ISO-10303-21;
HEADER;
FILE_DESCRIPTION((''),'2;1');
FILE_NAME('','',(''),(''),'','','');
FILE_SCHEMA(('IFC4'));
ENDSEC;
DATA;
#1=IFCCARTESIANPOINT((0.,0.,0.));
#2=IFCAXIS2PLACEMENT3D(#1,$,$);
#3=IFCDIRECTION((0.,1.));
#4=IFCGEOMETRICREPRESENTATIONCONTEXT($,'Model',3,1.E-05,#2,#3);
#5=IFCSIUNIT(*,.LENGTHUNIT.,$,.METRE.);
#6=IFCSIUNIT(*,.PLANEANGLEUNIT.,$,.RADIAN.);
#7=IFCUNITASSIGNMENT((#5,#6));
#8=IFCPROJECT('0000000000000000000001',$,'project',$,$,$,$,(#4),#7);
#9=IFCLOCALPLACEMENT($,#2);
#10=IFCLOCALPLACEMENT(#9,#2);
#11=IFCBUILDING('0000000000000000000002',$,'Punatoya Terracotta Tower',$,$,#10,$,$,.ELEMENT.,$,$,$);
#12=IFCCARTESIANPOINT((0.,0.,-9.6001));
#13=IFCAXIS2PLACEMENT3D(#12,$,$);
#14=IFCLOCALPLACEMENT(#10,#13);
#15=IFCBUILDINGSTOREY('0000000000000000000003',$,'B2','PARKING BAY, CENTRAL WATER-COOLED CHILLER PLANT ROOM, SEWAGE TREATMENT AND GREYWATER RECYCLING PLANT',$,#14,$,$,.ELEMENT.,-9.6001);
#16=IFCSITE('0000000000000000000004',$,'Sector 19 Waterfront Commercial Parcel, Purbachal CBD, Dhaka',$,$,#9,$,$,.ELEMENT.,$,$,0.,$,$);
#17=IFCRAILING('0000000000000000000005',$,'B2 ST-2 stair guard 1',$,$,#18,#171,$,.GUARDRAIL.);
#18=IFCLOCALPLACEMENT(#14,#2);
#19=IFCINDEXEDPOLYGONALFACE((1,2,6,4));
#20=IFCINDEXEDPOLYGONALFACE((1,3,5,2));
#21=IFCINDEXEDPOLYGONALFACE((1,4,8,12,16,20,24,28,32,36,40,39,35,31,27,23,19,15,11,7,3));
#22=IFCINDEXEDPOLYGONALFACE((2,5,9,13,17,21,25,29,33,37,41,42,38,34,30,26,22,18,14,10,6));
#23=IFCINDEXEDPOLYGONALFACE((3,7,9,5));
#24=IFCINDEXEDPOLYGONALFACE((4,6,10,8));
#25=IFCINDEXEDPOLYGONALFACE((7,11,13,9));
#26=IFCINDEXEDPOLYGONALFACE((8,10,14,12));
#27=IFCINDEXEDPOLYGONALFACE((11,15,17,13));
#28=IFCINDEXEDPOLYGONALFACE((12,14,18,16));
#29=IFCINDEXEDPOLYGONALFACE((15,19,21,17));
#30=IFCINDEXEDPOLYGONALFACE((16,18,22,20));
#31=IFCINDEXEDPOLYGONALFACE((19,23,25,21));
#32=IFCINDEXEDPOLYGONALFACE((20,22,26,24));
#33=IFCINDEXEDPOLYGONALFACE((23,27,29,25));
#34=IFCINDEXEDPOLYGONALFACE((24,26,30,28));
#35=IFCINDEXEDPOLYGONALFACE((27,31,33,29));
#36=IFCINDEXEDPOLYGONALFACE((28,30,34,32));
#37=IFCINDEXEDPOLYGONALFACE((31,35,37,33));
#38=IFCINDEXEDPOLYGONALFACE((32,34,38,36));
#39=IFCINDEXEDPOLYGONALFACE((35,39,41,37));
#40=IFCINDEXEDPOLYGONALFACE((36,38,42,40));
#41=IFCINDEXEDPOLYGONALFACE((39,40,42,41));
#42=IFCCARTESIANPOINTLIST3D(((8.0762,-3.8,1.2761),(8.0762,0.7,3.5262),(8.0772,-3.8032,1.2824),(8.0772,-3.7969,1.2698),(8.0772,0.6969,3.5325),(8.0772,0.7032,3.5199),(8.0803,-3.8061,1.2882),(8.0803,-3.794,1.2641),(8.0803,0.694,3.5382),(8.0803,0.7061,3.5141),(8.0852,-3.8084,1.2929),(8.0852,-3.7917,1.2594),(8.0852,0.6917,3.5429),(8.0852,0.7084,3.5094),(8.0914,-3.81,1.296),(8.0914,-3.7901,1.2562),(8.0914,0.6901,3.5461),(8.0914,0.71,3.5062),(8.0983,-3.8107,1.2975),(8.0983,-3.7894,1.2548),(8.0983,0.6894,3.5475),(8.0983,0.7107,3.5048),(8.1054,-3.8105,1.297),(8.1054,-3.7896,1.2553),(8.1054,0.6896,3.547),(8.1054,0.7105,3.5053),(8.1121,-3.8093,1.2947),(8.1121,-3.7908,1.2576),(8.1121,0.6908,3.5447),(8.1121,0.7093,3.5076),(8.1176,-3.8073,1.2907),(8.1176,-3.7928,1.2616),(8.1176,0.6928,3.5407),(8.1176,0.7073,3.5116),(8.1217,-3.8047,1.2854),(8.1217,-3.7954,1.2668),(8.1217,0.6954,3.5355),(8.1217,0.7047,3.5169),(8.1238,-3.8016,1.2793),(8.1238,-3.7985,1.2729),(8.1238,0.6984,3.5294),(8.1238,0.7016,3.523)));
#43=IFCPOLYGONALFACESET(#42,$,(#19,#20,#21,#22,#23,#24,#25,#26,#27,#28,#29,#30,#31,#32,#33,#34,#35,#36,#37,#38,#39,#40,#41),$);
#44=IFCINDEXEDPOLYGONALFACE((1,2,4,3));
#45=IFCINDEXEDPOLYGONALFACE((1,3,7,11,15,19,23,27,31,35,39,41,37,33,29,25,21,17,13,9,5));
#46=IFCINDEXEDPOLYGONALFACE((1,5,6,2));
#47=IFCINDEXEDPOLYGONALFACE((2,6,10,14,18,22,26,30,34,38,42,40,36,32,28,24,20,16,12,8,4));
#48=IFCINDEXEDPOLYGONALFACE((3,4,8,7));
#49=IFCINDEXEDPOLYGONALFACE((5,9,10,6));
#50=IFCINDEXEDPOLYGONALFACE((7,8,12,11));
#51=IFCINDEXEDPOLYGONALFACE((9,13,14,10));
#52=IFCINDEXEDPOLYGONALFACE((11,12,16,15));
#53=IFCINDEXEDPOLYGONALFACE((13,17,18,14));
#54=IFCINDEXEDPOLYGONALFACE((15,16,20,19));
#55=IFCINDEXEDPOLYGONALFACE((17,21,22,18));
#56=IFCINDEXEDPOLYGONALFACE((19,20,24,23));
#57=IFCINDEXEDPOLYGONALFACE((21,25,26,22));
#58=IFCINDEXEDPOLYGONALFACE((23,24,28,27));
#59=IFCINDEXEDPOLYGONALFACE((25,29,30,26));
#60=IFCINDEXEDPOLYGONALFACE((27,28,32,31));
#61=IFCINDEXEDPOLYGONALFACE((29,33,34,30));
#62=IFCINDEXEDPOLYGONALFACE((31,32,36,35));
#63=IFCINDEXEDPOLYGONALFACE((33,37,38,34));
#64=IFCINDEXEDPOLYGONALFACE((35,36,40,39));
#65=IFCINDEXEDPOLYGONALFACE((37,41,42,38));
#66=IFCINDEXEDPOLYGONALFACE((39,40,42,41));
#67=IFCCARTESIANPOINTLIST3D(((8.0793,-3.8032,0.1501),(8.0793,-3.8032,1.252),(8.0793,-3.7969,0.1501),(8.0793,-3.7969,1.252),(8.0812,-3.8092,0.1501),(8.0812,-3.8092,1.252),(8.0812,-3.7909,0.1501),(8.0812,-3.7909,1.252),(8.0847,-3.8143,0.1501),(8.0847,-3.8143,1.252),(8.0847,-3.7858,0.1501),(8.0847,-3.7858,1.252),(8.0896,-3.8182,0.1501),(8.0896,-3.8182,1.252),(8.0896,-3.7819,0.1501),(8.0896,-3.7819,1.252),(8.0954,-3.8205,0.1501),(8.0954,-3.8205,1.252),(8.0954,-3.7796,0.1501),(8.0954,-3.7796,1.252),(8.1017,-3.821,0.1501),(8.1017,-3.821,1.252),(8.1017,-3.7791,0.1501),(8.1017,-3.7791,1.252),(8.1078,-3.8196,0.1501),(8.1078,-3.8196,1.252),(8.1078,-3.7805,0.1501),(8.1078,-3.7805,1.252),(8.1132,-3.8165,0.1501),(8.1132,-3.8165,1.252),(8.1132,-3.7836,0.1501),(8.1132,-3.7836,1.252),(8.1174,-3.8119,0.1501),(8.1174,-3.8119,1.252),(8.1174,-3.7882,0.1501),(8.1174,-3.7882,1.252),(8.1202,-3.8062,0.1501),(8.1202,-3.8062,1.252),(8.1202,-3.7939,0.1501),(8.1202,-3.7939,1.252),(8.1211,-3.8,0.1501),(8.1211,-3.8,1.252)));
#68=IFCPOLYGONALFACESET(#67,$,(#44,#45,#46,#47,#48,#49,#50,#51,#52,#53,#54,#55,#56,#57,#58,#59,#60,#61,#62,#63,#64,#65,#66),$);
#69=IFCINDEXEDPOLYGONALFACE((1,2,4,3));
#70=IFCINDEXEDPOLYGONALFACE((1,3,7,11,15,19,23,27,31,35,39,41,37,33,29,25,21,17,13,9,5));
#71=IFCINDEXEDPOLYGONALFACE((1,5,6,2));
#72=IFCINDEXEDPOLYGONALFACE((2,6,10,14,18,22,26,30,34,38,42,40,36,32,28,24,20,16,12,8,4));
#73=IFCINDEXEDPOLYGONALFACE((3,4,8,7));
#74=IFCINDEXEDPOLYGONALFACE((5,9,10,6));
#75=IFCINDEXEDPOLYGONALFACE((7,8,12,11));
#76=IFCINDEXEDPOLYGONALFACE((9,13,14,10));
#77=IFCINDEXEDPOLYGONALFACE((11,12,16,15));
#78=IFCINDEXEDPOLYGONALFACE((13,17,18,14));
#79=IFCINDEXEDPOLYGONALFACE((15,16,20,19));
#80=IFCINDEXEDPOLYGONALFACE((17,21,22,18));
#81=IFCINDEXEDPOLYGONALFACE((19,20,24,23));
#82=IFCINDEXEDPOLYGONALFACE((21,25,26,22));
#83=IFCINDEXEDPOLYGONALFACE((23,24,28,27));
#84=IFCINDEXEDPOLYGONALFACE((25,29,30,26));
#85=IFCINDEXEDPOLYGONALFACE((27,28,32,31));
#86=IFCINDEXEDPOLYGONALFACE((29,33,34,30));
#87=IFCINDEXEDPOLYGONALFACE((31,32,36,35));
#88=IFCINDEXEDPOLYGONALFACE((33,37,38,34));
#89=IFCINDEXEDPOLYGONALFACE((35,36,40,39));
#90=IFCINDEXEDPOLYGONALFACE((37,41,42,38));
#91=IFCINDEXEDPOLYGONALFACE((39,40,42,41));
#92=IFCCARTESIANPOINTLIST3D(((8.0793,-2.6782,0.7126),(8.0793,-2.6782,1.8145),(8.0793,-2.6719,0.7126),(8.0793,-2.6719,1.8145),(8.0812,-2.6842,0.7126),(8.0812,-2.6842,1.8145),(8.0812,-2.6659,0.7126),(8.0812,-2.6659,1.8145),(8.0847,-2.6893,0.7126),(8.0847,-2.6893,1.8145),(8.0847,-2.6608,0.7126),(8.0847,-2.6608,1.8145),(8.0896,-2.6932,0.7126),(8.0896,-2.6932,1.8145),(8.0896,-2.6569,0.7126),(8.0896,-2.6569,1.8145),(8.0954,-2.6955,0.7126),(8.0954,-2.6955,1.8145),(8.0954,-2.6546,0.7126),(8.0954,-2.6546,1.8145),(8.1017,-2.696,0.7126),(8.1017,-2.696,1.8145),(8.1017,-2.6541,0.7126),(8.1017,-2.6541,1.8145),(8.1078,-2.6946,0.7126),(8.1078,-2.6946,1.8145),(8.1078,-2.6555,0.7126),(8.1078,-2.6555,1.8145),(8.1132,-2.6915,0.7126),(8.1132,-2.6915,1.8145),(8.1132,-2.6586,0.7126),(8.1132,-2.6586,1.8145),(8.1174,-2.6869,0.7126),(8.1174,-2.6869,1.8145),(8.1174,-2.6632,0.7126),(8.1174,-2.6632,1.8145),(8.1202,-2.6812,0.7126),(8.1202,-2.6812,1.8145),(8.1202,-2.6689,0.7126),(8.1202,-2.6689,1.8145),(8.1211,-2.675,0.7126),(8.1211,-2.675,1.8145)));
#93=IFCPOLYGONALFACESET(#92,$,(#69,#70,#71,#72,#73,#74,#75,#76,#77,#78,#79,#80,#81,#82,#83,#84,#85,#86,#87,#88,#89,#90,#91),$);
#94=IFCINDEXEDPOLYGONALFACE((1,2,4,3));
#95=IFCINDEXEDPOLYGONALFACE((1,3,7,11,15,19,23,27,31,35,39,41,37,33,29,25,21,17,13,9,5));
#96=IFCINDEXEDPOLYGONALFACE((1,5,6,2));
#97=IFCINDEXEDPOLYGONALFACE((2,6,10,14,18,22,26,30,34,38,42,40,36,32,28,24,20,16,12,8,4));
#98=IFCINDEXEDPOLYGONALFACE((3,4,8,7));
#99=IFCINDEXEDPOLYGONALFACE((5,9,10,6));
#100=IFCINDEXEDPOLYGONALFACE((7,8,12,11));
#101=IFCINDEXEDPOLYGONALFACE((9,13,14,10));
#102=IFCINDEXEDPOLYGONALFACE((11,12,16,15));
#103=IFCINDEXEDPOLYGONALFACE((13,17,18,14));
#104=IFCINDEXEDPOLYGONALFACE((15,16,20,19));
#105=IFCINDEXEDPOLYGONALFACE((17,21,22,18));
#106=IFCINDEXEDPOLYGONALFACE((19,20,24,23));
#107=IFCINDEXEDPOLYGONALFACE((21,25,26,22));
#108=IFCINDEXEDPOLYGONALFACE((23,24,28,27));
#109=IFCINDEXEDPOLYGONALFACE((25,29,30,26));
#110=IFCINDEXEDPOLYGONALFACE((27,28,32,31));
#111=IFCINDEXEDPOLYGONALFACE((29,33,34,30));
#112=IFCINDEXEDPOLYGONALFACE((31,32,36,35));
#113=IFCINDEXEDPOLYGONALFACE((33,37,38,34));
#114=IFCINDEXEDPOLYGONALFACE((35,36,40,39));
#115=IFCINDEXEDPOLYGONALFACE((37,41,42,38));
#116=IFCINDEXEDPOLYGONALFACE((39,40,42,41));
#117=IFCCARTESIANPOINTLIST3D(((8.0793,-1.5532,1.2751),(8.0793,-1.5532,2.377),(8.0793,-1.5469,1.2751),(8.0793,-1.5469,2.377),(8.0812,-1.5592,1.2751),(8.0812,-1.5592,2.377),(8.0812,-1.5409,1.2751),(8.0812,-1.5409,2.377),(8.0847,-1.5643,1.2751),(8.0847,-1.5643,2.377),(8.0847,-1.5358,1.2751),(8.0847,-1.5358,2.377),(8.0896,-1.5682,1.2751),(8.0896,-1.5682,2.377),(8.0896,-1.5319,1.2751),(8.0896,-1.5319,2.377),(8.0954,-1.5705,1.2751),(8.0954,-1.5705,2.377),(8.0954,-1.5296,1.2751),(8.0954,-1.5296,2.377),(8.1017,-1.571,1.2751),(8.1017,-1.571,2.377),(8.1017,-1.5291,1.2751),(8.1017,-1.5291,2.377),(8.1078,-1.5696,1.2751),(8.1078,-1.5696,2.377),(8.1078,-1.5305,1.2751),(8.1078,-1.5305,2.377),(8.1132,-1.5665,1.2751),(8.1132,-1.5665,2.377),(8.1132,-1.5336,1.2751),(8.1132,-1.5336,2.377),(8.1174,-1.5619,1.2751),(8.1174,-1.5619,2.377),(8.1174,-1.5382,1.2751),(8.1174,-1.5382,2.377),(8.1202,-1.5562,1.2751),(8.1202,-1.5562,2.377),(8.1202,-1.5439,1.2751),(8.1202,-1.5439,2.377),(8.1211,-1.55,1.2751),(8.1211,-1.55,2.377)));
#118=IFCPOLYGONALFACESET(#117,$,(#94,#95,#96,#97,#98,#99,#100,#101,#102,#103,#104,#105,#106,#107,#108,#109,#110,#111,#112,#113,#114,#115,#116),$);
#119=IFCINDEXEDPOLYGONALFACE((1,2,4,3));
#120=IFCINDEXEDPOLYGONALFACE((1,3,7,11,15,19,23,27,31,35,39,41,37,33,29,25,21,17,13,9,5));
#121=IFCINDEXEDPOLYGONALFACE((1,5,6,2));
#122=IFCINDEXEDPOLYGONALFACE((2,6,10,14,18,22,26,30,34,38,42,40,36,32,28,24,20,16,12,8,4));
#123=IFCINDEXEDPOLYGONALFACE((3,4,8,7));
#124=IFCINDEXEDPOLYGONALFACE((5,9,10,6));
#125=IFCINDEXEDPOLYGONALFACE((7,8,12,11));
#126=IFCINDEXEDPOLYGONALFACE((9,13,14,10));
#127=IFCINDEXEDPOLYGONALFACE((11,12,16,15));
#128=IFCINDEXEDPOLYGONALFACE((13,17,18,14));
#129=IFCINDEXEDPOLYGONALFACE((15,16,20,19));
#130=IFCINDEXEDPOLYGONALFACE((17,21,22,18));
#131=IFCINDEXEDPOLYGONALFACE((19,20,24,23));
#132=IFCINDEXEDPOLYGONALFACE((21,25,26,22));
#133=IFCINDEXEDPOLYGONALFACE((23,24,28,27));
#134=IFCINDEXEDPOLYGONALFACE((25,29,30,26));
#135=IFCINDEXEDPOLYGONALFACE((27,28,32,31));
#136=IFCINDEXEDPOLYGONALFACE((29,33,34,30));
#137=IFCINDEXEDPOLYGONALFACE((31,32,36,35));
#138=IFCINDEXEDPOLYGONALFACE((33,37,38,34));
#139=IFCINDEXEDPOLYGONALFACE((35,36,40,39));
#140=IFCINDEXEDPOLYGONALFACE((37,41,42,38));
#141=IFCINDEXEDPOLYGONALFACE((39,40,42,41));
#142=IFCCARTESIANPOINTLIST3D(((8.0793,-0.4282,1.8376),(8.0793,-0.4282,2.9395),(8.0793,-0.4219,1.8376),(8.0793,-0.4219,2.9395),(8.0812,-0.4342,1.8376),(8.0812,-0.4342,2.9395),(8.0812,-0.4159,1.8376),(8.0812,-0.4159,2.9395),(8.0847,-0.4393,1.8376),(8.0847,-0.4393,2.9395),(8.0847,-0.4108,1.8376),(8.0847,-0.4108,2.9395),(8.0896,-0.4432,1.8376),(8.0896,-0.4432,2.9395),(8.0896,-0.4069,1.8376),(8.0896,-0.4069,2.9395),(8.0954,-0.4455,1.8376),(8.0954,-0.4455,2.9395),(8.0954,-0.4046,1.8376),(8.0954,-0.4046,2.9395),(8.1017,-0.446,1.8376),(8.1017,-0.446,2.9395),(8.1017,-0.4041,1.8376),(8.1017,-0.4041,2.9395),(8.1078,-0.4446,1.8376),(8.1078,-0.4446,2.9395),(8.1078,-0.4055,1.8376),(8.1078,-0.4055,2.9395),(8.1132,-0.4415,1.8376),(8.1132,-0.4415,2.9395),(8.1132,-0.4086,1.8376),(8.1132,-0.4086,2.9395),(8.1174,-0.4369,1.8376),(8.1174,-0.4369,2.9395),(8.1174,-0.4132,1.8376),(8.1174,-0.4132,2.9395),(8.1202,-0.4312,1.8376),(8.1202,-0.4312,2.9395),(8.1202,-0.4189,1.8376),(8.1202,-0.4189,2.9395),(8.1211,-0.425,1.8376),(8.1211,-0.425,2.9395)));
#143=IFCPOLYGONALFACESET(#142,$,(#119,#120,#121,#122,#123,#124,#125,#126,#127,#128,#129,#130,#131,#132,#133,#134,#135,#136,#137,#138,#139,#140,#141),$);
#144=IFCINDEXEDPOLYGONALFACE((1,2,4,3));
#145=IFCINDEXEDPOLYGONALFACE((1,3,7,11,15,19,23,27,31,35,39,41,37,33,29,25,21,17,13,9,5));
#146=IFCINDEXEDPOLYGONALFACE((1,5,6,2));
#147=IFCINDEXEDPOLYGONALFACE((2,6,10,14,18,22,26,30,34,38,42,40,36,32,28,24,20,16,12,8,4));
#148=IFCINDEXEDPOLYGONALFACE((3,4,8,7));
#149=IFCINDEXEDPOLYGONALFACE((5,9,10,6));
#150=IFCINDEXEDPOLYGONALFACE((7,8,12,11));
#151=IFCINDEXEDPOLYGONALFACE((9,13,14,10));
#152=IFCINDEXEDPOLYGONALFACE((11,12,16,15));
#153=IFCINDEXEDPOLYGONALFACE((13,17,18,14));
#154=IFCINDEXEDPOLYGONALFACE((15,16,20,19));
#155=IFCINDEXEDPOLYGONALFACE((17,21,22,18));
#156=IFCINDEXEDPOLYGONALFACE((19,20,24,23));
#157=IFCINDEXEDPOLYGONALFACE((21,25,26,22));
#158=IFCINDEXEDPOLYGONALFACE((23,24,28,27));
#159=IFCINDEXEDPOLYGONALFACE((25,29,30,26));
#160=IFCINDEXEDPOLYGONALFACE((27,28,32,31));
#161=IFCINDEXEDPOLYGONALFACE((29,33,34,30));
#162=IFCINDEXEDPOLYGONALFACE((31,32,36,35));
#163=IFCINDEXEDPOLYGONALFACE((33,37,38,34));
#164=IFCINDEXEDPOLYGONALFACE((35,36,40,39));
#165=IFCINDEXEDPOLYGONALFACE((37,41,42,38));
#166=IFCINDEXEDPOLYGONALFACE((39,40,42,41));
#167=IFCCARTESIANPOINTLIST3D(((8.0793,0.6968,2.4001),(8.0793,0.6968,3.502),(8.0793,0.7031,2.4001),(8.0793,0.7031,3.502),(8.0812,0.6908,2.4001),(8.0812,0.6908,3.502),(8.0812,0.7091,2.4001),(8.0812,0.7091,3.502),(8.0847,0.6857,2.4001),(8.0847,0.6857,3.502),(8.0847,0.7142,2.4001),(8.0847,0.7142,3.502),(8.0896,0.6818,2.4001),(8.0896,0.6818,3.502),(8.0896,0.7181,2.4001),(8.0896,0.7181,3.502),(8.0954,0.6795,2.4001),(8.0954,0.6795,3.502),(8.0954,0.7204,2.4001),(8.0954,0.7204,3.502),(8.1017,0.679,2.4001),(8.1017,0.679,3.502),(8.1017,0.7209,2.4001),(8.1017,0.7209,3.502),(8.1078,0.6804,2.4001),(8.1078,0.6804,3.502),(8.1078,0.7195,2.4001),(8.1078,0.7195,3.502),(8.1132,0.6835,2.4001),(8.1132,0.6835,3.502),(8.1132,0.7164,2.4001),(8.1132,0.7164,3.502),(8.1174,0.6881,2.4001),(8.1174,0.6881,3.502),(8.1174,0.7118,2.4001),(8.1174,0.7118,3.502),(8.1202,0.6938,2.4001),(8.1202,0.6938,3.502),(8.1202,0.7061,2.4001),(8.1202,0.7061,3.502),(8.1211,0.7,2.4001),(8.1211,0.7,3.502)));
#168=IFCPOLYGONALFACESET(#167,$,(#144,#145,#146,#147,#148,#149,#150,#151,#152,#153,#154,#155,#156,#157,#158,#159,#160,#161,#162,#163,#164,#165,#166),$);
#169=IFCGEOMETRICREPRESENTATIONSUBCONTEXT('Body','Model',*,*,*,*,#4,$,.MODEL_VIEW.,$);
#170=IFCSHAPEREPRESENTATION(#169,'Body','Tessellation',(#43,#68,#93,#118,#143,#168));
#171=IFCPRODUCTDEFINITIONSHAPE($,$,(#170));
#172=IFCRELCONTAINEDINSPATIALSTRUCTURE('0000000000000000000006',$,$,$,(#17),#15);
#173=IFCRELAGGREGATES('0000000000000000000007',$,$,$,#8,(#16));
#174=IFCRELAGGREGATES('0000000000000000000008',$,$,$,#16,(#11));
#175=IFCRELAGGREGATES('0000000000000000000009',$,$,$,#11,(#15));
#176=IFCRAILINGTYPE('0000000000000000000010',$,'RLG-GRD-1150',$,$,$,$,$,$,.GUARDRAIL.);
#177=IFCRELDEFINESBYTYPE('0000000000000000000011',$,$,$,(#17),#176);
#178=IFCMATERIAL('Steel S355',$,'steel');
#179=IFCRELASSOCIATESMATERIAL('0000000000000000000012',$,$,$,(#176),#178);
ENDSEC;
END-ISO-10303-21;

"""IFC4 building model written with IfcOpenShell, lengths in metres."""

from ifc_helpers import new_model, si_unit, direction, frame, origin, origin_2d, place, context, subcontext, project, spatial, circle, extrude, material, type_object, element, save


model = new_model("IFC4")

# Units and contexts
model_context = context("Model", 3, precision=1e-05, world=origin(), true_north=direction((0.0, 1.0)))
body_context = subcontext(model_context, "Body", "Model", "MODEL_VIEW")
ifc_project = project(units=[si_unit("LENGTHUNIT", "METRE"), si_unit("PLANEANGLEUNIT", "RADIAN")], contexts=[model_context])

# Site, building, storey
site_placement = place(None, origin())
site = spatial("IfcSite", under=ifc_project, at=site_placement, Name="Sector 19 Waterfront Commercial Parcel, Purbachal CBD, Dhaka", CompositionType="ELEMENT", RefElevation=0.0)
building_placement = place(site_placement, origin())
building = spatial("IfcBuilding", under=site, at=building_placement, Name="Punatoya Terracotta Tower", CompositionType="ELEMENT")
storey_placement = place(building_placement, frame((0.0, 0.0, -9.6001)))
storey = spatial("IfcBuildingStorey", under=building, at=storey_placement, Name="B2", Description="PARKING BAY, CENTRAL WATER-COOLED CHILLER PLANT ROOM, SEWAGE TREATMENT AND GREYWATER RECYCLING PLANT", CompositionType="ELEMENT", Elevation=-9.6001)

# Railing
ifc_material_1 = material(Name="Steel S355", Category="steel")
railing_type_1 = type_object("IfcRailingType", Name="RLG-GRD-1150", PredefinedType="GUARDRAIL", material=ifc_material_1)
railing_1_placement = place(storey_placement, frame((8.1001, -3.8, 0.1501)))
element("IfcRailing", 1, at=railing_1_placement, inside=storey, type_object=railing_type_1, Name="B2 ST-2 stair guard 1", PredefinedType="GUARDRAIL", context=body_context, shape_type="SweptSolid", body=[
    extrude(circle(Radius=0.0239, at=origin_2d()), frame((0.0, 0.0, 1.126), z_axis=(0.0, 0.894427, 0.447214), x_axis=(-1.0, 0.0, 0.0)), (0.0, 0.0, 1.0), 5.0312),
    extrude(circle(Radius=0.021, at=origin_2d()), origin(), (0.0, 0.0, 1.0), 1.1018),
    extrude(circle(Radius=0.021, at=origin_2d()), frame((0.0, 1.125, 0.5625)), (0.0, 0.0, 1.0), 1.1018),
    extrude(circle(Radius=0.021, at=origin_2d()), frame((0.0, 2.25, 1.125)), (0.0, 0.0, 1.0), 1.1018),
    extrude(circle(Radius=0.021, at=origin_2d()), frame((0.0, 3.375, 1.6875)), (0.0, 0.0, 1.0), 1.1018),
    extrude(circle(Radius=0.021, at=origin_2d()), frame((0.0, 4.5, 2.25)), (0.0, 0.0, 1.0), 1.1018),
])

save(model, "model.ifc")
